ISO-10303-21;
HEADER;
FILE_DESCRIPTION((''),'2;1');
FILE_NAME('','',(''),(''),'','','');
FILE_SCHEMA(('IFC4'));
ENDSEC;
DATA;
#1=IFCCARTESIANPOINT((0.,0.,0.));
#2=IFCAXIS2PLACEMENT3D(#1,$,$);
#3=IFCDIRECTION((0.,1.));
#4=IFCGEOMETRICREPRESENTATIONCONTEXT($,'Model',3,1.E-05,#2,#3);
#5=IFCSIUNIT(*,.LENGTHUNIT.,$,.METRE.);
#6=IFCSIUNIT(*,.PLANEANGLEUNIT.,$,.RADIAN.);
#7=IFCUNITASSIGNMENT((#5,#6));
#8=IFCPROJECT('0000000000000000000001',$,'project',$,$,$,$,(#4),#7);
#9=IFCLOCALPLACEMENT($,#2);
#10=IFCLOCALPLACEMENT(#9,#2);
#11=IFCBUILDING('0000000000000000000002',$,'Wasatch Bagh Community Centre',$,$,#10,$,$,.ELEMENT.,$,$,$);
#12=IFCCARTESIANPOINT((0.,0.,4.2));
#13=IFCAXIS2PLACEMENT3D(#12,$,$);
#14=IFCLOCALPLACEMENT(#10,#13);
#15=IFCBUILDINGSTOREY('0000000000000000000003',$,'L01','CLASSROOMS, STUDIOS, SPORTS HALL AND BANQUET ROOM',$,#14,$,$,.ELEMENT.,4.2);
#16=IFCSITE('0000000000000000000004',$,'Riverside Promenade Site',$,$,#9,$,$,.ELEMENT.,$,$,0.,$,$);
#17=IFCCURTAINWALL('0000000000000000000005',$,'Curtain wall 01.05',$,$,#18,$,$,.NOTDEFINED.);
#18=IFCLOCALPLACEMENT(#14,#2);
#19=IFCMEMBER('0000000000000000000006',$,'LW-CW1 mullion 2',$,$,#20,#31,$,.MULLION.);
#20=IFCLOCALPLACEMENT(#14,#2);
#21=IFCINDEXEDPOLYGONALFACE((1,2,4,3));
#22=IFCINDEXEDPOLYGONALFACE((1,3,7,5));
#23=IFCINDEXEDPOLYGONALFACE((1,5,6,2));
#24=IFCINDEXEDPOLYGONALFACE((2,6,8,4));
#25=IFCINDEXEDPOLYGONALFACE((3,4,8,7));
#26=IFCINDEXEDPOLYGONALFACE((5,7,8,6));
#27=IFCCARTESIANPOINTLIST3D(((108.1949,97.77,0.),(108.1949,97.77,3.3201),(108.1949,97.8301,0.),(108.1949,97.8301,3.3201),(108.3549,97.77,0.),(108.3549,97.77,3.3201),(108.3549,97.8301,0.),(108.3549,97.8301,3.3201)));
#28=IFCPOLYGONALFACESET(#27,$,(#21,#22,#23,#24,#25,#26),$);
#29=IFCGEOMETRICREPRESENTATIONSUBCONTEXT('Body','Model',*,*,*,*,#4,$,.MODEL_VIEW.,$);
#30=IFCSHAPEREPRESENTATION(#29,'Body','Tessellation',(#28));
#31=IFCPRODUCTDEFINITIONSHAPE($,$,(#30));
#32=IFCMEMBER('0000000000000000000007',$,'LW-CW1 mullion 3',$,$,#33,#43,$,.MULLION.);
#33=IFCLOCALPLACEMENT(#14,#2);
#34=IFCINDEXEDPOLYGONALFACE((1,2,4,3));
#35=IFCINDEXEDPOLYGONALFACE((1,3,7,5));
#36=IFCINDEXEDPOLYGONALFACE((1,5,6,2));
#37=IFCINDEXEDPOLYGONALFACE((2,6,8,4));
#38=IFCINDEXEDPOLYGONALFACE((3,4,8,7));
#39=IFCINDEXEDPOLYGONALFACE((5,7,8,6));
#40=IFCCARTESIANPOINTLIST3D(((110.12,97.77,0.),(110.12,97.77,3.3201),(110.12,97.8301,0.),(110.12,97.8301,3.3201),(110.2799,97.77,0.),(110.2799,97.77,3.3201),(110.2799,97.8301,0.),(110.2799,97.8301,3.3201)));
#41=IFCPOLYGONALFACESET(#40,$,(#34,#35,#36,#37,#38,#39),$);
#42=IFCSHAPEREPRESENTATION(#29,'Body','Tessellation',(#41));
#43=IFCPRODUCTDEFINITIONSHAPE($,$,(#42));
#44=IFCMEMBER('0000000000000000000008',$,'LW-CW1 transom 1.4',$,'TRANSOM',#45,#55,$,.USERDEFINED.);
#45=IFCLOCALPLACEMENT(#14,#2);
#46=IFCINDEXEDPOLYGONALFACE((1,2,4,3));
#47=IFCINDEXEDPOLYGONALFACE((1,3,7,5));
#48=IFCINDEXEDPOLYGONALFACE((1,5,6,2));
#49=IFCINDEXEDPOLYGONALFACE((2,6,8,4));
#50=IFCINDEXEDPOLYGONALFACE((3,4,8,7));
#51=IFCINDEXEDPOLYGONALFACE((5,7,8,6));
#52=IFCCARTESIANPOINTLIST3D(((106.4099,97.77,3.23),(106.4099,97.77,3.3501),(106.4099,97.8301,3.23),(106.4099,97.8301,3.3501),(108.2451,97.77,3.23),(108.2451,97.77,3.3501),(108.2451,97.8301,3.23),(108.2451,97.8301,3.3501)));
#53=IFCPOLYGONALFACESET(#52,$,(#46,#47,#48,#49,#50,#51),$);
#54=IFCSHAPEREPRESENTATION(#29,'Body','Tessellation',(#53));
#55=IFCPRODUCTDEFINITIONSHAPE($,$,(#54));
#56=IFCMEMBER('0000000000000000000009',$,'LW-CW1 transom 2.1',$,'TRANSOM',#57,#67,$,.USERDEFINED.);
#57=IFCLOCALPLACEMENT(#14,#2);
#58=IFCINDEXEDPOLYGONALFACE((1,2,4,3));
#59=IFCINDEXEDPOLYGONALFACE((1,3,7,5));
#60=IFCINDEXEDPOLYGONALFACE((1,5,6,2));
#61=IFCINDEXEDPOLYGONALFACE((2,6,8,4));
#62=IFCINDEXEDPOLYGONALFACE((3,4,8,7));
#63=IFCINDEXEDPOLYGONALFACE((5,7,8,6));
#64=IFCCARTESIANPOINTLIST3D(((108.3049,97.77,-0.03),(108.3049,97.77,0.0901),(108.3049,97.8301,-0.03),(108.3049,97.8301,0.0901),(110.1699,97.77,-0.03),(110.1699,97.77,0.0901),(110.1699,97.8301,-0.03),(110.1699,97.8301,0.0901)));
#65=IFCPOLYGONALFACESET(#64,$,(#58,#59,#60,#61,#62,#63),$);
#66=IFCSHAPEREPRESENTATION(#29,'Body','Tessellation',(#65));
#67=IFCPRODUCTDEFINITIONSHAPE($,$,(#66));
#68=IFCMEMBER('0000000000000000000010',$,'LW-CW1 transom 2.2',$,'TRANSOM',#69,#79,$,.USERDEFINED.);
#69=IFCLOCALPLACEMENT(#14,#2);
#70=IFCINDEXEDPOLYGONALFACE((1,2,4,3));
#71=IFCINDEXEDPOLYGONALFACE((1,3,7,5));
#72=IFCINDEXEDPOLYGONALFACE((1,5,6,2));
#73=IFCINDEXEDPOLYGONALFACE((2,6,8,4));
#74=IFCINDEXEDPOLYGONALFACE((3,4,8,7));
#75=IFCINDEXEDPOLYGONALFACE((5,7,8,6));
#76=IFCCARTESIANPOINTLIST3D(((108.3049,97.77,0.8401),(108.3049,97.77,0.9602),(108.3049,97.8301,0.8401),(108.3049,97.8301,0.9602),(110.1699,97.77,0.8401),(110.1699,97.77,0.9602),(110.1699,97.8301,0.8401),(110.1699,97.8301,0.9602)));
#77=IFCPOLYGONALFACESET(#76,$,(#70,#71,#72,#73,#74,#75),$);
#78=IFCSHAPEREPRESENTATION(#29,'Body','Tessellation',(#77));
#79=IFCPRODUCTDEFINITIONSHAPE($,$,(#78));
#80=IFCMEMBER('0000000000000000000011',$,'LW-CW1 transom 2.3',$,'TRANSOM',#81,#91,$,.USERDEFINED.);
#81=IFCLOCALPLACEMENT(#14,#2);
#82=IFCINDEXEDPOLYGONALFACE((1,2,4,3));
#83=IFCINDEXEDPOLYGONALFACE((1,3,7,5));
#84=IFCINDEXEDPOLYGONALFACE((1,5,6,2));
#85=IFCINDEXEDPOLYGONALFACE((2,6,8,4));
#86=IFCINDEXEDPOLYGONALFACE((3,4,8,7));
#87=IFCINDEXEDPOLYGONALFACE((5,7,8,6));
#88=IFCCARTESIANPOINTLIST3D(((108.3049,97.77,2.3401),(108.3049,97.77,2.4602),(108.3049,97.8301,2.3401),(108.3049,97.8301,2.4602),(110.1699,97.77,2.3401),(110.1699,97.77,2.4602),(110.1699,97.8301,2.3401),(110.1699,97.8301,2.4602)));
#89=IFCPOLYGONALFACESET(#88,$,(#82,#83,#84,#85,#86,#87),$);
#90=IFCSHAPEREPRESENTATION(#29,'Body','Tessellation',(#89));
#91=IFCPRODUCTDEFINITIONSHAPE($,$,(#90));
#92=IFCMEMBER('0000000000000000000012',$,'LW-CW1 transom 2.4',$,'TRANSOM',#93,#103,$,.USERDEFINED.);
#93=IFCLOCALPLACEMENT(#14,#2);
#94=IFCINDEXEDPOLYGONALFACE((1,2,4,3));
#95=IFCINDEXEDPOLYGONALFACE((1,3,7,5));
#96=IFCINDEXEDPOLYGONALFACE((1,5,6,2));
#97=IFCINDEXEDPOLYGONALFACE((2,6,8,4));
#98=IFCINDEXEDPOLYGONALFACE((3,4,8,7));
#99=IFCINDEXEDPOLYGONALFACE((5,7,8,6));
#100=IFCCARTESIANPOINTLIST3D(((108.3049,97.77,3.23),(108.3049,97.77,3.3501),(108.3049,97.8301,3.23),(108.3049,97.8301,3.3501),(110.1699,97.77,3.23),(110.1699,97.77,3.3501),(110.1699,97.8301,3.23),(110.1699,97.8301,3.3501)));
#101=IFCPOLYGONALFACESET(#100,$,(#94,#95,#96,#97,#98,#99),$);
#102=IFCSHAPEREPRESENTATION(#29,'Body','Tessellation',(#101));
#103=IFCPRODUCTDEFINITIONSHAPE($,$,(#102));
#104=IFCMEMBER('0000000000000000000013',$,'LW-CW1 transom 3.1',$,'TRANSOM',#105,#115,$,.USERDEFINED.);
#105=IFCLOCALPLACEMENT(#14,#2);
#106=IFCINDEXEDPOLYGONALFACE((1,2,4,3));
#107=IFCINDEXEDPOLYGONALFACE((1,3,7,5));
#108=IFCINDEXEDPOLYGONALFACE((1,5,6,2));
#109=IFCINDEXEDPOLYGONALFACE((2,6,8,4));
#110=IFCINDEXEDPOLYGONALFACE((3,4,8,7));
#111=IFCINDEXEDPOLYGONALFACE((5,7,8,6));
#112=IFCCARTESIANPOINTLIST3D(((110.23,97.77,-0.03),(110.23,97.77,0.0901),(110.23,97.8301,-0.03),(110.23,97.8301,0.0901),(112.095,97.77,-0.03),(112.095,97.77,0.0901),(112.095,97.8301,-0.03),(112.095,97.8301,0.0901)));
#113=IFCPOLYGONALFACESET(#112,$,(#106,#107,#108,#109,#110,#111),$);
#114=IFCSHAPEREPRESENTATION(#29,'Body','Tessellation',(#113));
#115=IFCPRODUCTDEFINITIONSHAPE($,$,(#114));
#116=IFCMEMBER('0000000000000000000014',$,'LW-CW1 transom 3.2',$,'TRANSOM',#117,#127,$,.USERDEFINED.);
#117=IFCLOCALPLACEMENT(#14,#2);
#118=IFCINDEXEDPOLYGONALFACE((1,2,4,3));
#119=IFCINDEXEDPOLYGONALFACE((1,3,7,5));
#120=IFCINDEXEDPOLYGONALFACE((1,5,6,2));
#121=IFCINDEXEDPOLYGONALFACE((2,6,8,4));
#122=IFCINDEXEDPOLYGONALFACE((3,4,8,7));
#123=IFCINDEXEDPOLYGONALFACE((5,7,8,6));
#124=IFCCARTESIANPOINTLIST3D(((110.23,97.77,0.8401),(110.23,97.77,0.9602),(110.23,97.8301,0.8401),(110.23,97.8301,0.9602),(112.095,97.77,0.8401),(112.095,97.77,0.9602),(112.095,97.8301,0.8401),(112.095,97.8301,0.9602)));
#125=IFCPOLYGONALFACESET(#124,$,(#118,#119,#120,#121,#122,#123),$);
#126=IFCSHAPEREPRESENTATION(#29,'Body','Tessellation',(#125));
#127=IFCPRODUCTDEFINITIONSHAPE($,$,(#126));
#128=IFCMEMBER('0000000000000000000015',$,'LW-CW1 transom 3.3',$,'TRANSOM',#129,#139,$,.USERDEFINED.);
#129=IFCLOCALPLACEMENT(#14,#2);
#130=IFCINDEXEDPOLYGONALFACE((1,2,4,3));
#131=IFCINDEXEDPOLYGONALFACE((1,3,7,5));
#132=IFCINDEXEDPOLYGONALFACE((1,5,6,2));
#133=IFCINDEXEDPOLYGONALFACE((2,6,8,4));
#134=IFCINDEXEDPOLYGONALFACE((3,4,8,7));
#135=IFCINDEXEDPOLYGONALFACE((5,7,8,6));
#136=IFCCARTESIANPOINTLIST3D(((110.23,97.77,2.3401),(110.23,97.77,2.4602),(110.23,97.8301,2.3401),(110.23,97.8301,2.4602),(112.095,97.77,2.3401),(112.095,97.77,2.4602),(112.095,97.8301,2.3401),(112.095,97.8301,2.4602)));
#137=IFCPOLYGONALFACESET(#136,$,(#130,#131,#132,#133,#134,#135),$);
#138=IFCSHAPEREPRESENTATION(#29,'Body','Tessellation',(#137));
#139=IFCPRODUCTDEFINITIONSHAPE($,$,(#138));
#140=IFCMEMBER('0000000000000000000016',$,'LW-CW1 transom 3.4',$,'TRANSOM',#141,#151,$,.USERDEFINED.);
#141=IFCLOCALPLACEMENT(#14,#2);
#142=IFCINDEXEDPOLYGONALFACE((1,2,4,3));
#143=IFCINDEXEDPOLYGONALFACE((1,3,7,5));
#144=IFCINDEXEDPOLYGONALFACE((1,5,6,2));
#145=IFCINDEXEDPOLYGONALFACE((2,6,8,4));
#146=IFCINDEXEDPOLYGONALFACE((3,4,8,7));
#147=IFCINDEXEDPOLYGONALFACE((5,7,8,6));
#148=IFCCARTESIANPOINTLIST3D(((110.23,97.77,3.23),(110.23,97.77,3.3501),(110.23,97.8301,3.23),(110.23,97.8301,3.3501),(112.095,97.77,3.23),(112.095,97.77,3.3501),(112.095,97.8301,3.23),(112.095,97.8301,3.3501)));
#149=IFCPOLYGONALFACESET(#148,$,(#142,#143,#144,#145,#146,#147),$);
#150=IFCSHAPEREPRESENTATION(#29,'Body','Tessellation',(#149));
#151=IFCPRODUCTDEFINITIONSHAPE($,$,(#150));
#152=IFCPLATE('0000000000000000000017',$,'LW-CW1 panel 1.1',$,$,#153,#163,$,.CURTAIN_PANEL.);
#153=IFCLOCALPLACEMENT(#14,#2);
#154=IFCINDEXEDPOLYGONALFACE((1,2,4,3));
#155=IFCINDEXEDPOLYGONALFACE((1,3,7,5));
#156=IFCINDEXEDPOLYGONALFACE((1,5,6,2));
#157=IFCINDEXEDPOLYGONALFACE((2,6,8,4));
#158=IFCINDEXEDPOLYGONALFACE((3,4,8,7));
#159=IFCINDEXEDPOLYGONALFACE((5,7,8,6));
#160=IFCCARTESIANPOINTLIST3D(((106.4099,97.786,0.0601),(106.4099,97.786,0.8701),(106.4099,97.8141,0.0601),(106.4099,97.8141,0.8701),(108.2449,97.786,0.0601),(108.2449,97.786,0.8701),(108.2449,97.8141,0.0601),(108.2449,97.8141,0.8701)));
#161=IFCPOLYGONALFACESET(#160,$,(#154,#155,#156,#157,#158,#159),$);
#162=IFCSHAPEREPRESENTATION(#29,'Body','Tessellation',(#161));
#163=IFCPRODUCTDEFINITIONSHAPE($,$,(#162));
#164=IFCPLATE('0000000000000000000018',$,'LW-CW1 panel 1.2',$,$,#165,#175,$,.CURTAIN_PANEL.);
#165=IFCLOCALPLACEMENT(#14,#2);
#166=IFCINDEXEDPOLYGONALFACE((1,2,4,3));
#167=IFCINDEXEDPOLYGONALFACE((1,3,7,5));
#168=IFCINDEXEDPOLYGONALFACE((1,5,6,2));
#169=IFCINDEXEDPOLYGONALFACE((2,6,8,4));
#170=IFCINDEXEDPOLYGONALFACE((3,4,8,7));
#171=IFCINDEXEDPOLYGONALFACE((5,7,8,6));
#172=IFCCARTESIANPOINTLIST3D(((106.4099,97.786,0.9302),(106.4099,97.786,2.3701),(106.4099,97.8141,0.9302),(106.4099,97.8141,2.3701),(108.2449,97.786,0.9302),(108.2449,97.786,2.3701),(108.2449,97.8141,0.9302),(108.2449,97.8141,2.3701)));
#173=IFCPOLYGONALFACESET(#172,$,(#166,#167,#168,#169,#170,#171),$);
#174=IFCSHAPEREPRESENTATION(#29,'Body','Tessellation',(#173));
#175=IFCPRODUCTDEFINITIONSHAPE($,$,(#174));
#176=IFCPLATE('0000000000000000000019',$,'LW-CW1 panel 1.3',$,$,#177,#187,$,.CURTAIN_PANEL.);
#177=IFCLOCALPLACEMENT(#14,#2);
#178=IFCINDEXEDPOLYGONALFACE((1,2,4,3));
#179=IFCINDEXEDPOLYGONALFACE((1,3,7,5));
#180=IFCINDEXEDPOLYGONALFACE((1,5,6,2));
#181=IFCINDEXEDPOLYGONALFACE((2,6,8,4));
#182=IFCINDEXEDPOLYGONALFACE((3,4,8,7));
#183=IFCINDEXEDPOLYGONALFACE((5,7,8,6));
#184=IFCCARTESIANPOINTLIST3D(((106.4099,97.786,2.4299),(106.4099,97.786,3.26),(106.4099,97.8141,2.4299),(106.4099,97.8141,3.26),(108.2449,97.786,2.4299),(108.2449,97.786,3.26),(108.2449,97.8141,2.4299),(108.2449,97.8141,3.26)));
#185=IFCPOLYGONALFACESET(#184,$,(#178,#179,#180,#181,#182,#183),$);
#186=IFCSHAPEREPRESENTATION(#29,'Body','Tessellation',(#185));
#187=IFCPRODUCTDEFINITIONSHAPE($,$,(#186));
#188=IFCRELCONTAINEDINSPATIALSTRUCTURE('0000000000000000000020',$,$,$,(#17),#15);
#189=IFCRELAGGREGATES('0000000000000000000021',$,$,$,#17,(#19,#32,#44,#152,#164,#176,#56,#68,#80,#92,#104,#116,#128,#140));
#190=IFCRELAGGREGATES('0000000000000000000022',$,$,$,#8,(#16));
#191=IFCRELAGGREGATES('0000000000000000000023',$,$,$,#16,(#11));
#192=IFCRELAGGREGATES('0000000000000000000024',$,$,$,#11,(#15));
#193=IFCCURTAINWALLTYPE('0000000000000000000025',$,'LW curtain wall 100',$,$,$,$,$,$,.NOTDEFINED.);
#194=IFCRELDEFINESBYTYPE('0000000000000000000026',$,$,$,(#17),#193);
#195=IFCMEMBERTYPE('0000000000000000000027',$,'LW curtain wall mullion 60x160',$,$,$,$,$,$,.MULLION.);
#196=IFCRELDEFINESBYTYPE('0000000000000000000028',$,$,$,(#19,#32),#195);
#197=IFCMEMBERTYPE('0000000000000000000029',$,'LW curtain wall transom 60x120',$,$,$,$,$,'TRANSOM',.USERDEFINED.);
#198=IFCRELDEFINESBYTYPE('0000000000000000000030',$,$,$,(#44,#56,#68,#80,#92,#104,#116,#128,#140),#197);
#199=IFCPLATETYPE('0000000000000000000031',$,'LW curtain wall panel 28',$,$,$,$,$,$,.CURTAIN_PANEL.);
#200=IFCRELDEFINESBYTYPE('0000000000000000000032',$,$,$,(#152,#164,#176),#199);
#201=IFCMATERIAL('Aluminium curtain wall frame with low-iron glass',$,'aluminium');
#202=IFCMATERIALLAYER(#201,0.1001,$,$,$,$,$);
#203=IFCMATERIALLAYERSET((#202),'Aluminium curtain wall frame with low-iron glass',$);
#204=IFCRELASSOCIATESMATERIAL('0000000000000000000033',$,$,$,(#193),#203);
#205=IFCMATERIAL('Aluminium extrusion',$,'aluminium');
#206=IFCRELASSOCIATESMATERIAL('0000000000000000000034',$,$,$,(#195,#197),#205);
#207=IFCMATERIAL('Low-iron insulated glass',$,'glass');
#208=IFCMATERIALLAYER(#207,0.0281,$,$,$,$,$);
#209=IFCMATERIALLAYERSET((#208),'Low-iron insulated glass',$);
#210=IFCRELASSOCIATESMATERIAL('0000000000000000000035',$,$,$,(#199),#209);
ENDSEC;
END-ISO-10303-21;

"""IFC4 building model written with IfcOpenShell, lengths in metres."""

from ifc_helpers import new_model, si_unit, direction, frame, origin, origin_2d, place, context, subcontext, project, spatial, rectangle, extrude, material, layer, layer_set, material_profile, profile_set, type_object, element, aggregate, save


model = new_model("IFC4")

# Units and contexts
model_context = context("Model", 3, precision=1e-05, world=origin(), true_north=direction((0.0, 1.0)))
body_context = subcontext(model_context, "Body", "Model", "MODEL_VIEW")
ifc_project = project(units=[si_unit("LENGTHUNIT", "METRE"), si_unit("PLANEANGLEUNIT", "RADIAN")], contexts=[model_context])

# Site, building, storey
site_placement = place(None, origin())
site = spatial("IfcSite", under=ifc_project, at=site_placement, Name="Riverside Promenade Site", CompositionType="ELEMENT", RefElevation=0.0)
building_placement = place(site_placement, origin())
building = spatial("IfcBuilding", under=site, at=building_placement, Name="Wasatch Bagh Community Centre", CompositionType="ELEMENT")
storey_placement = place(building_placement, frame((0.0, 0.0, 4.2)))
storey = spatial("IfcBuildingStorey", under=building, at=storey_placement, Name="L01", Description="CLASSROOMS, STUDIOS, SPORTS HALL AND BANQUET ROOM", CompositionType="ELEMENT", Elevation=4.2)

# Curtain wall, members, plates
ifc_material_1 = material(Name="Aluminium curtain wall frame with low-iron glass", Category="aluminium")
ifc_layer_1 = layer(ifc_material_1, 0.1001)
ifc_layer_set_1 = layer_set([ifc_layer_1], Name="Aluminium curtain wall frame with low-iron glass")
curtain_wall_type = type_object("IfcCurtainWallType", Name="LW curtain wall 100", PredefinedType="NOTDEFINED", material=ifc_layer_set_1)
curtain_wall_placement = place(storey_placement, origin())
curtain_wall = element("IfcCurtainWall", 1, at=curtain_wall_placement, inside=storey, type_object=curtain_wall_type, Name="Curtain wall 01.05", PredefinedType="NOTDEFINED")
ifc_material_2 = material(Name="Aluminium extrusion", Category="aluminium")
ifc_material_profile_1 = material_profile(ifc_material_2, rectangle(XDim=0.0601, YDim=0.1599, at=origin_2d()), Name="AL 60x160")
ifc_profile_set_1 = profile_set([ifc_material_profile_1], Name="Aluminium extrusion")
member_type_1 = type_object("IfcMemberType", Name="LW curtain wall mullion 60x160", PredefinedType="MULLION", material=ifc_profile_set_1)
member_1_placement = place(storey_placement, frame((108.2749, 97.8, 0.0), z_axis=(0.0, 0.0, 1.0), x_axis=(0.0, 1.0, 0.0)))
member_1 = element("IfcMember", 2, at=member_1_placement, type_object=member_type_1, Name="LW-CW1 mullion 2", PredefinedType="MULLION", context=body_context, shape_type="SweptSolid", body=[
    extrude(rectangle(XDim=0.0601, YDim=0.1599, at=origin_2d()), origin(), (0.0, 0.0, 1.0), 3.3201),
])
member_2_placement = place(storey_placement, frame((110.2, 97.8, 0.0), z_axis=(0.0, 0.0, 1.0), x_axis=(0.0, 1.0, 0.0)))
member_2 = element("IfcMember", 3, at=member_2_placement, type_object=member_type_1, Name="LW-CW1 mullion 3", PredefinedType="MULLION", context=body_context, shape_type="SweptSolid", body=[
    extrude(rectangle(XDim=0.0601, YDim=0.1599, at=origin_2d()), origin(), (0.0, 0.0, 1.0), 3.3201),
])
ifc_material_profile_2 = material_profile(ifc_material_2, rectangle(XDim=0.0601, YDim=0.1201, at=origin_2d()), Name="AL 60x120")
ifc_profile_set_2 = profile_set([ifc_material_profile_2], Name="Aluminium extrusion")
member_type_2 = type_object("IfcMemberType", Name="LW curtain wall transom 60x120", ElementType="TRANSOM", PredefinedType="USERDEFINED", material=ifc_profile_set_2)
member_3_placement = place(storey_placement, frame((106.4099, 97.8, 3.29), z_axis=(1.0, 0.0, 0.0), x_axis=(0.0, 1.0, 0.0)))
member_3 = element("IfcMember", 4, at=member_3_placement, type_object=member_type_2, Name="LW-CW1 transom 1.4", ObjectType="TRANSOM", PredefinedType="USERDEFINED", context=body_context, shape_type="SweptSolid", body=[
    extrude(rectangle(XDim=0.0601, YDim=0.1201, at=origin_2d()), origin(), (0.0, 0.0, 1.0), 1.8352),
])
member_4_placement = place(storey_placement, frame((108.3049, 97.8, 0.03), z_axis=(1.0, 0.0, 0.0), x_axis=(0.0, 1.0, 0.0)))
member_4 = element("IfcMember", 5, at=member_4_placement, type_object=member_type_2, Name="LW-CW1 transom 2.1", ObjectType="TRANSOM", PredefinedType="USERDEFINED", context=body_context, shape_type="SweptSolid", body=[
    extrude(rectangle(XDim=0.0601, YDim=0.1201, at=origin_2d()), origin(), (0.0, 0.0, 1.0), 1.865),
])
member_5_placement = place(storey_placement, frame((108.3049, 97.8, 0.9001), z_axis=(1.0, 0.0, 0.0), x_axis=(0.0, 1.0, 0.0)))
member_5 = element("IfcMember", 6, at=member_5_placement, type_object=member_type_2, Name="LW-CW1 transom 2.2", ObjectType="TRANSOM", PredefinedType="USERDEFINED", context=body_context, shape_type="SweptSolid", body=[
    extrude(rectangle(XDim=0.0601, YDim=0.1201, at=origin_2d()), origin(), (0.0, 0.0, 1.0), 1.865),
])
member_6_placement = place(storey_placement, frame((108.3049, 97.8, 2.4001), z_axis=(1.0, 0.0, 0.0), x_axis=(0.0, 1.0, 0.0)))
member_6 = element("IfcMember", 7, at=member_6_placement, type_object=member_type_2, Name="LW-CW1 transom 2.3", ObjectType="TRANSOM", PredefinedType="USERDEFINED", context=body_context, shape_type="SweptSolid", body=[
    extrude(rectangle(XDim=0.0601, YDim=0.1201, at=origin_2d()), origin(), (0.0, 0.0, 1.0), 1.865),
])
member_7_placement = place(storey_placement, frame((108.3049, 97.8, 3.29), z_axis=(1.0, 0.0, 0.0), x_axis=(0.0, 1.0, 0.0)))
member_7 = element("IfcMember", 8, at=member_7_placement, type_object=member_type_2, Name="LW-CW1 transom 2.4", ObjectType="TRANSOM", PredefinedType="USERDEFINED", context=body_context, shape_type="SweptSolid", body=[
    extrude(rectangle(XDim=0.0601, YDim=0.1201, at=origin_2d()), origin(), (0.0, 0.0, 1.0), 1.865),
])
member_8_placement = place(storey_placement, frame((110.23, 97.8, 0.03), z_axis=(1.0, 0.0, 0.0), x_axis=(0.0, 1.0, 0.0)))
member_8 = element("IfcMember", 9, at=member_8_placement, type_object=member_type_2, Name="LW-CW1 transom 3.1", ObjectType="TRANSOM", PredefinedType="USERDEFINED", context=body_context, shape_type="SweptSolid", body=[
    extrude(rectangle(XDim=0.0601, YDim=0.1201, at=origin_2d()), origin(), (0.0, 0.0, 1.0), 1.865),
])
member_9_placement = place(storey_placement, frame((110.23, 97.8, 0.9001), z_axis=(1.0, 0.0, 0.0), x_axis=(0.0, 1.0, 0.0)))
member_9 = element("IfcMember", 10, at=member_9_placement, type_object=member_type_2, Name="LW-CW1 transom 3.2", ObjectType="TRANSOM", PredefinedType="USERDEFINED", context=body_context, shape_type="SweptSolid", body=[
    extrude(rectangle(XDim=0.0601, YDim=0.1201, at=origin_2d()), origin(), (0.0, 0.0, 1.0), 1.865),
])
member_10_placement = place(storey_placement, frame((110.23, 97.8, 2.4001), z_axis=(1.0, 0.0, 0.0), x_axis=(0.0, 1.0, 0.0)))
member_10 = element("IfcMember", 11, at=member_10_placement, type_object=member_type_2, Name="LW-CW1 transom 3.3", ObjectType="TRANSOM", PredefinedType="USERDEFINED", context=body_context, shape_type="SweptSolid", body=[
    extrude(rectangle(XDim=0.0601, YDim=0.1201, at=origin_2d()), origin(), (0.0, 0.0, 1.0), 1.865),
])
member_11_placement = place(storey_placement, frame((110.23, 97.8, 3.29), z_axis=(1.0, 0.0, 0.0), x_axis=(0.0, 1.0, 0.0)))
member_11 = element("IfcMember", 12, at=member_11_placement, type_object=member_type_2, Name="LW-CW1 transom 3.4", ObjectType="TRANSOM", PredefinedType="USERDEFINED", context=body_context, shape_type="SweptSolid", body=[
    extrude(rectangle(XDim=0.0601, YDim=0.1201, at=origin_2d()), origin(), (0.0, 0.0, 1.0), 1.865),
])
ifc_material_3 = material(Name="Low-iron insulated glass", Category="glass")
ifc_layer_2 = layer(ifc_material_3, 0.0281)
ifc_layer_set_2 = layer_set([ifc_layer_2], Name="Low-iron insulated glass")
plate_type = type_object("IfcPlateType", Name="LW curtain wall panel 28", PredefinedType="CURTAIN_PANEL", material=ifc_layer_set_2)
plate_1_placement = place(storey_placement, frame((107.3274, 97.8, 0.0601), z_axis=(0.0, 0.0, 1.0), x_axis=(1.0, 0.0, 0.0)))
plate_1 = element("IfcPlate", 13, at=plate_1_placement, type_object=plate_type, Name="LW-CW1 panel 1.1", PredefinedType="CURTAIN_PANEL", context=body_context, shape_type="SweptSolid", body=[
    extrude(rectangle(XDim=1.835, YDim=0.0281, at=origin_2d()), origin(), (0.0, 0.0, 1.0), 0.8101),
])
plate_2_placement = place(storey_placement, frame((107.3274, 97.8, 0.9302), z_axis=(0.0, 0.0, 1.0), x_axis=(1.0, 0.0, 0.0)))
plate_2 = element("IfcPlate", 14, at=plate_2_placement, type_object=plate_type, Name="LW-CW1 panel 1.2", PredefinedType="CURTAIN_PANEL", context=body_context, shape_type="SweptSolid", body=[
    extrude(rectangle(XDim=1.835, YDim=0.0281, at=origin_2d()), origin(), (0.0, 0.0, 1.0), 1.4399),
])
plate_3_placement = place(storey_placement, frame((107.3274, 97.8, 2.4299), z_axis=(0.0, 0.0, 1.0), x_axis=(1.0, 0.0, 0.0)))
plate_3 = element("IfcPlate", 15, at=plate_3_placement, type_object=plate_type, Name="LW-CW1 panel 1.3", PredefinedType="CURTAIN_PANEL", context=body_context, shape_type="SweptSolid", body=[
    extrude(rectangle(XDim=1.835, YDim=0.0281, at=origin_2d()), origin(), (0.0, 0.0, 1.0), 0.8301),
])
aggregate(curtain_wall, [member_1, member_2, member_3, plate_1, plate_2, plate_3, member_4, member_5, member_6, member_7, member_8, member_9, member_10, member_11])

save(model, "model.ifc")
